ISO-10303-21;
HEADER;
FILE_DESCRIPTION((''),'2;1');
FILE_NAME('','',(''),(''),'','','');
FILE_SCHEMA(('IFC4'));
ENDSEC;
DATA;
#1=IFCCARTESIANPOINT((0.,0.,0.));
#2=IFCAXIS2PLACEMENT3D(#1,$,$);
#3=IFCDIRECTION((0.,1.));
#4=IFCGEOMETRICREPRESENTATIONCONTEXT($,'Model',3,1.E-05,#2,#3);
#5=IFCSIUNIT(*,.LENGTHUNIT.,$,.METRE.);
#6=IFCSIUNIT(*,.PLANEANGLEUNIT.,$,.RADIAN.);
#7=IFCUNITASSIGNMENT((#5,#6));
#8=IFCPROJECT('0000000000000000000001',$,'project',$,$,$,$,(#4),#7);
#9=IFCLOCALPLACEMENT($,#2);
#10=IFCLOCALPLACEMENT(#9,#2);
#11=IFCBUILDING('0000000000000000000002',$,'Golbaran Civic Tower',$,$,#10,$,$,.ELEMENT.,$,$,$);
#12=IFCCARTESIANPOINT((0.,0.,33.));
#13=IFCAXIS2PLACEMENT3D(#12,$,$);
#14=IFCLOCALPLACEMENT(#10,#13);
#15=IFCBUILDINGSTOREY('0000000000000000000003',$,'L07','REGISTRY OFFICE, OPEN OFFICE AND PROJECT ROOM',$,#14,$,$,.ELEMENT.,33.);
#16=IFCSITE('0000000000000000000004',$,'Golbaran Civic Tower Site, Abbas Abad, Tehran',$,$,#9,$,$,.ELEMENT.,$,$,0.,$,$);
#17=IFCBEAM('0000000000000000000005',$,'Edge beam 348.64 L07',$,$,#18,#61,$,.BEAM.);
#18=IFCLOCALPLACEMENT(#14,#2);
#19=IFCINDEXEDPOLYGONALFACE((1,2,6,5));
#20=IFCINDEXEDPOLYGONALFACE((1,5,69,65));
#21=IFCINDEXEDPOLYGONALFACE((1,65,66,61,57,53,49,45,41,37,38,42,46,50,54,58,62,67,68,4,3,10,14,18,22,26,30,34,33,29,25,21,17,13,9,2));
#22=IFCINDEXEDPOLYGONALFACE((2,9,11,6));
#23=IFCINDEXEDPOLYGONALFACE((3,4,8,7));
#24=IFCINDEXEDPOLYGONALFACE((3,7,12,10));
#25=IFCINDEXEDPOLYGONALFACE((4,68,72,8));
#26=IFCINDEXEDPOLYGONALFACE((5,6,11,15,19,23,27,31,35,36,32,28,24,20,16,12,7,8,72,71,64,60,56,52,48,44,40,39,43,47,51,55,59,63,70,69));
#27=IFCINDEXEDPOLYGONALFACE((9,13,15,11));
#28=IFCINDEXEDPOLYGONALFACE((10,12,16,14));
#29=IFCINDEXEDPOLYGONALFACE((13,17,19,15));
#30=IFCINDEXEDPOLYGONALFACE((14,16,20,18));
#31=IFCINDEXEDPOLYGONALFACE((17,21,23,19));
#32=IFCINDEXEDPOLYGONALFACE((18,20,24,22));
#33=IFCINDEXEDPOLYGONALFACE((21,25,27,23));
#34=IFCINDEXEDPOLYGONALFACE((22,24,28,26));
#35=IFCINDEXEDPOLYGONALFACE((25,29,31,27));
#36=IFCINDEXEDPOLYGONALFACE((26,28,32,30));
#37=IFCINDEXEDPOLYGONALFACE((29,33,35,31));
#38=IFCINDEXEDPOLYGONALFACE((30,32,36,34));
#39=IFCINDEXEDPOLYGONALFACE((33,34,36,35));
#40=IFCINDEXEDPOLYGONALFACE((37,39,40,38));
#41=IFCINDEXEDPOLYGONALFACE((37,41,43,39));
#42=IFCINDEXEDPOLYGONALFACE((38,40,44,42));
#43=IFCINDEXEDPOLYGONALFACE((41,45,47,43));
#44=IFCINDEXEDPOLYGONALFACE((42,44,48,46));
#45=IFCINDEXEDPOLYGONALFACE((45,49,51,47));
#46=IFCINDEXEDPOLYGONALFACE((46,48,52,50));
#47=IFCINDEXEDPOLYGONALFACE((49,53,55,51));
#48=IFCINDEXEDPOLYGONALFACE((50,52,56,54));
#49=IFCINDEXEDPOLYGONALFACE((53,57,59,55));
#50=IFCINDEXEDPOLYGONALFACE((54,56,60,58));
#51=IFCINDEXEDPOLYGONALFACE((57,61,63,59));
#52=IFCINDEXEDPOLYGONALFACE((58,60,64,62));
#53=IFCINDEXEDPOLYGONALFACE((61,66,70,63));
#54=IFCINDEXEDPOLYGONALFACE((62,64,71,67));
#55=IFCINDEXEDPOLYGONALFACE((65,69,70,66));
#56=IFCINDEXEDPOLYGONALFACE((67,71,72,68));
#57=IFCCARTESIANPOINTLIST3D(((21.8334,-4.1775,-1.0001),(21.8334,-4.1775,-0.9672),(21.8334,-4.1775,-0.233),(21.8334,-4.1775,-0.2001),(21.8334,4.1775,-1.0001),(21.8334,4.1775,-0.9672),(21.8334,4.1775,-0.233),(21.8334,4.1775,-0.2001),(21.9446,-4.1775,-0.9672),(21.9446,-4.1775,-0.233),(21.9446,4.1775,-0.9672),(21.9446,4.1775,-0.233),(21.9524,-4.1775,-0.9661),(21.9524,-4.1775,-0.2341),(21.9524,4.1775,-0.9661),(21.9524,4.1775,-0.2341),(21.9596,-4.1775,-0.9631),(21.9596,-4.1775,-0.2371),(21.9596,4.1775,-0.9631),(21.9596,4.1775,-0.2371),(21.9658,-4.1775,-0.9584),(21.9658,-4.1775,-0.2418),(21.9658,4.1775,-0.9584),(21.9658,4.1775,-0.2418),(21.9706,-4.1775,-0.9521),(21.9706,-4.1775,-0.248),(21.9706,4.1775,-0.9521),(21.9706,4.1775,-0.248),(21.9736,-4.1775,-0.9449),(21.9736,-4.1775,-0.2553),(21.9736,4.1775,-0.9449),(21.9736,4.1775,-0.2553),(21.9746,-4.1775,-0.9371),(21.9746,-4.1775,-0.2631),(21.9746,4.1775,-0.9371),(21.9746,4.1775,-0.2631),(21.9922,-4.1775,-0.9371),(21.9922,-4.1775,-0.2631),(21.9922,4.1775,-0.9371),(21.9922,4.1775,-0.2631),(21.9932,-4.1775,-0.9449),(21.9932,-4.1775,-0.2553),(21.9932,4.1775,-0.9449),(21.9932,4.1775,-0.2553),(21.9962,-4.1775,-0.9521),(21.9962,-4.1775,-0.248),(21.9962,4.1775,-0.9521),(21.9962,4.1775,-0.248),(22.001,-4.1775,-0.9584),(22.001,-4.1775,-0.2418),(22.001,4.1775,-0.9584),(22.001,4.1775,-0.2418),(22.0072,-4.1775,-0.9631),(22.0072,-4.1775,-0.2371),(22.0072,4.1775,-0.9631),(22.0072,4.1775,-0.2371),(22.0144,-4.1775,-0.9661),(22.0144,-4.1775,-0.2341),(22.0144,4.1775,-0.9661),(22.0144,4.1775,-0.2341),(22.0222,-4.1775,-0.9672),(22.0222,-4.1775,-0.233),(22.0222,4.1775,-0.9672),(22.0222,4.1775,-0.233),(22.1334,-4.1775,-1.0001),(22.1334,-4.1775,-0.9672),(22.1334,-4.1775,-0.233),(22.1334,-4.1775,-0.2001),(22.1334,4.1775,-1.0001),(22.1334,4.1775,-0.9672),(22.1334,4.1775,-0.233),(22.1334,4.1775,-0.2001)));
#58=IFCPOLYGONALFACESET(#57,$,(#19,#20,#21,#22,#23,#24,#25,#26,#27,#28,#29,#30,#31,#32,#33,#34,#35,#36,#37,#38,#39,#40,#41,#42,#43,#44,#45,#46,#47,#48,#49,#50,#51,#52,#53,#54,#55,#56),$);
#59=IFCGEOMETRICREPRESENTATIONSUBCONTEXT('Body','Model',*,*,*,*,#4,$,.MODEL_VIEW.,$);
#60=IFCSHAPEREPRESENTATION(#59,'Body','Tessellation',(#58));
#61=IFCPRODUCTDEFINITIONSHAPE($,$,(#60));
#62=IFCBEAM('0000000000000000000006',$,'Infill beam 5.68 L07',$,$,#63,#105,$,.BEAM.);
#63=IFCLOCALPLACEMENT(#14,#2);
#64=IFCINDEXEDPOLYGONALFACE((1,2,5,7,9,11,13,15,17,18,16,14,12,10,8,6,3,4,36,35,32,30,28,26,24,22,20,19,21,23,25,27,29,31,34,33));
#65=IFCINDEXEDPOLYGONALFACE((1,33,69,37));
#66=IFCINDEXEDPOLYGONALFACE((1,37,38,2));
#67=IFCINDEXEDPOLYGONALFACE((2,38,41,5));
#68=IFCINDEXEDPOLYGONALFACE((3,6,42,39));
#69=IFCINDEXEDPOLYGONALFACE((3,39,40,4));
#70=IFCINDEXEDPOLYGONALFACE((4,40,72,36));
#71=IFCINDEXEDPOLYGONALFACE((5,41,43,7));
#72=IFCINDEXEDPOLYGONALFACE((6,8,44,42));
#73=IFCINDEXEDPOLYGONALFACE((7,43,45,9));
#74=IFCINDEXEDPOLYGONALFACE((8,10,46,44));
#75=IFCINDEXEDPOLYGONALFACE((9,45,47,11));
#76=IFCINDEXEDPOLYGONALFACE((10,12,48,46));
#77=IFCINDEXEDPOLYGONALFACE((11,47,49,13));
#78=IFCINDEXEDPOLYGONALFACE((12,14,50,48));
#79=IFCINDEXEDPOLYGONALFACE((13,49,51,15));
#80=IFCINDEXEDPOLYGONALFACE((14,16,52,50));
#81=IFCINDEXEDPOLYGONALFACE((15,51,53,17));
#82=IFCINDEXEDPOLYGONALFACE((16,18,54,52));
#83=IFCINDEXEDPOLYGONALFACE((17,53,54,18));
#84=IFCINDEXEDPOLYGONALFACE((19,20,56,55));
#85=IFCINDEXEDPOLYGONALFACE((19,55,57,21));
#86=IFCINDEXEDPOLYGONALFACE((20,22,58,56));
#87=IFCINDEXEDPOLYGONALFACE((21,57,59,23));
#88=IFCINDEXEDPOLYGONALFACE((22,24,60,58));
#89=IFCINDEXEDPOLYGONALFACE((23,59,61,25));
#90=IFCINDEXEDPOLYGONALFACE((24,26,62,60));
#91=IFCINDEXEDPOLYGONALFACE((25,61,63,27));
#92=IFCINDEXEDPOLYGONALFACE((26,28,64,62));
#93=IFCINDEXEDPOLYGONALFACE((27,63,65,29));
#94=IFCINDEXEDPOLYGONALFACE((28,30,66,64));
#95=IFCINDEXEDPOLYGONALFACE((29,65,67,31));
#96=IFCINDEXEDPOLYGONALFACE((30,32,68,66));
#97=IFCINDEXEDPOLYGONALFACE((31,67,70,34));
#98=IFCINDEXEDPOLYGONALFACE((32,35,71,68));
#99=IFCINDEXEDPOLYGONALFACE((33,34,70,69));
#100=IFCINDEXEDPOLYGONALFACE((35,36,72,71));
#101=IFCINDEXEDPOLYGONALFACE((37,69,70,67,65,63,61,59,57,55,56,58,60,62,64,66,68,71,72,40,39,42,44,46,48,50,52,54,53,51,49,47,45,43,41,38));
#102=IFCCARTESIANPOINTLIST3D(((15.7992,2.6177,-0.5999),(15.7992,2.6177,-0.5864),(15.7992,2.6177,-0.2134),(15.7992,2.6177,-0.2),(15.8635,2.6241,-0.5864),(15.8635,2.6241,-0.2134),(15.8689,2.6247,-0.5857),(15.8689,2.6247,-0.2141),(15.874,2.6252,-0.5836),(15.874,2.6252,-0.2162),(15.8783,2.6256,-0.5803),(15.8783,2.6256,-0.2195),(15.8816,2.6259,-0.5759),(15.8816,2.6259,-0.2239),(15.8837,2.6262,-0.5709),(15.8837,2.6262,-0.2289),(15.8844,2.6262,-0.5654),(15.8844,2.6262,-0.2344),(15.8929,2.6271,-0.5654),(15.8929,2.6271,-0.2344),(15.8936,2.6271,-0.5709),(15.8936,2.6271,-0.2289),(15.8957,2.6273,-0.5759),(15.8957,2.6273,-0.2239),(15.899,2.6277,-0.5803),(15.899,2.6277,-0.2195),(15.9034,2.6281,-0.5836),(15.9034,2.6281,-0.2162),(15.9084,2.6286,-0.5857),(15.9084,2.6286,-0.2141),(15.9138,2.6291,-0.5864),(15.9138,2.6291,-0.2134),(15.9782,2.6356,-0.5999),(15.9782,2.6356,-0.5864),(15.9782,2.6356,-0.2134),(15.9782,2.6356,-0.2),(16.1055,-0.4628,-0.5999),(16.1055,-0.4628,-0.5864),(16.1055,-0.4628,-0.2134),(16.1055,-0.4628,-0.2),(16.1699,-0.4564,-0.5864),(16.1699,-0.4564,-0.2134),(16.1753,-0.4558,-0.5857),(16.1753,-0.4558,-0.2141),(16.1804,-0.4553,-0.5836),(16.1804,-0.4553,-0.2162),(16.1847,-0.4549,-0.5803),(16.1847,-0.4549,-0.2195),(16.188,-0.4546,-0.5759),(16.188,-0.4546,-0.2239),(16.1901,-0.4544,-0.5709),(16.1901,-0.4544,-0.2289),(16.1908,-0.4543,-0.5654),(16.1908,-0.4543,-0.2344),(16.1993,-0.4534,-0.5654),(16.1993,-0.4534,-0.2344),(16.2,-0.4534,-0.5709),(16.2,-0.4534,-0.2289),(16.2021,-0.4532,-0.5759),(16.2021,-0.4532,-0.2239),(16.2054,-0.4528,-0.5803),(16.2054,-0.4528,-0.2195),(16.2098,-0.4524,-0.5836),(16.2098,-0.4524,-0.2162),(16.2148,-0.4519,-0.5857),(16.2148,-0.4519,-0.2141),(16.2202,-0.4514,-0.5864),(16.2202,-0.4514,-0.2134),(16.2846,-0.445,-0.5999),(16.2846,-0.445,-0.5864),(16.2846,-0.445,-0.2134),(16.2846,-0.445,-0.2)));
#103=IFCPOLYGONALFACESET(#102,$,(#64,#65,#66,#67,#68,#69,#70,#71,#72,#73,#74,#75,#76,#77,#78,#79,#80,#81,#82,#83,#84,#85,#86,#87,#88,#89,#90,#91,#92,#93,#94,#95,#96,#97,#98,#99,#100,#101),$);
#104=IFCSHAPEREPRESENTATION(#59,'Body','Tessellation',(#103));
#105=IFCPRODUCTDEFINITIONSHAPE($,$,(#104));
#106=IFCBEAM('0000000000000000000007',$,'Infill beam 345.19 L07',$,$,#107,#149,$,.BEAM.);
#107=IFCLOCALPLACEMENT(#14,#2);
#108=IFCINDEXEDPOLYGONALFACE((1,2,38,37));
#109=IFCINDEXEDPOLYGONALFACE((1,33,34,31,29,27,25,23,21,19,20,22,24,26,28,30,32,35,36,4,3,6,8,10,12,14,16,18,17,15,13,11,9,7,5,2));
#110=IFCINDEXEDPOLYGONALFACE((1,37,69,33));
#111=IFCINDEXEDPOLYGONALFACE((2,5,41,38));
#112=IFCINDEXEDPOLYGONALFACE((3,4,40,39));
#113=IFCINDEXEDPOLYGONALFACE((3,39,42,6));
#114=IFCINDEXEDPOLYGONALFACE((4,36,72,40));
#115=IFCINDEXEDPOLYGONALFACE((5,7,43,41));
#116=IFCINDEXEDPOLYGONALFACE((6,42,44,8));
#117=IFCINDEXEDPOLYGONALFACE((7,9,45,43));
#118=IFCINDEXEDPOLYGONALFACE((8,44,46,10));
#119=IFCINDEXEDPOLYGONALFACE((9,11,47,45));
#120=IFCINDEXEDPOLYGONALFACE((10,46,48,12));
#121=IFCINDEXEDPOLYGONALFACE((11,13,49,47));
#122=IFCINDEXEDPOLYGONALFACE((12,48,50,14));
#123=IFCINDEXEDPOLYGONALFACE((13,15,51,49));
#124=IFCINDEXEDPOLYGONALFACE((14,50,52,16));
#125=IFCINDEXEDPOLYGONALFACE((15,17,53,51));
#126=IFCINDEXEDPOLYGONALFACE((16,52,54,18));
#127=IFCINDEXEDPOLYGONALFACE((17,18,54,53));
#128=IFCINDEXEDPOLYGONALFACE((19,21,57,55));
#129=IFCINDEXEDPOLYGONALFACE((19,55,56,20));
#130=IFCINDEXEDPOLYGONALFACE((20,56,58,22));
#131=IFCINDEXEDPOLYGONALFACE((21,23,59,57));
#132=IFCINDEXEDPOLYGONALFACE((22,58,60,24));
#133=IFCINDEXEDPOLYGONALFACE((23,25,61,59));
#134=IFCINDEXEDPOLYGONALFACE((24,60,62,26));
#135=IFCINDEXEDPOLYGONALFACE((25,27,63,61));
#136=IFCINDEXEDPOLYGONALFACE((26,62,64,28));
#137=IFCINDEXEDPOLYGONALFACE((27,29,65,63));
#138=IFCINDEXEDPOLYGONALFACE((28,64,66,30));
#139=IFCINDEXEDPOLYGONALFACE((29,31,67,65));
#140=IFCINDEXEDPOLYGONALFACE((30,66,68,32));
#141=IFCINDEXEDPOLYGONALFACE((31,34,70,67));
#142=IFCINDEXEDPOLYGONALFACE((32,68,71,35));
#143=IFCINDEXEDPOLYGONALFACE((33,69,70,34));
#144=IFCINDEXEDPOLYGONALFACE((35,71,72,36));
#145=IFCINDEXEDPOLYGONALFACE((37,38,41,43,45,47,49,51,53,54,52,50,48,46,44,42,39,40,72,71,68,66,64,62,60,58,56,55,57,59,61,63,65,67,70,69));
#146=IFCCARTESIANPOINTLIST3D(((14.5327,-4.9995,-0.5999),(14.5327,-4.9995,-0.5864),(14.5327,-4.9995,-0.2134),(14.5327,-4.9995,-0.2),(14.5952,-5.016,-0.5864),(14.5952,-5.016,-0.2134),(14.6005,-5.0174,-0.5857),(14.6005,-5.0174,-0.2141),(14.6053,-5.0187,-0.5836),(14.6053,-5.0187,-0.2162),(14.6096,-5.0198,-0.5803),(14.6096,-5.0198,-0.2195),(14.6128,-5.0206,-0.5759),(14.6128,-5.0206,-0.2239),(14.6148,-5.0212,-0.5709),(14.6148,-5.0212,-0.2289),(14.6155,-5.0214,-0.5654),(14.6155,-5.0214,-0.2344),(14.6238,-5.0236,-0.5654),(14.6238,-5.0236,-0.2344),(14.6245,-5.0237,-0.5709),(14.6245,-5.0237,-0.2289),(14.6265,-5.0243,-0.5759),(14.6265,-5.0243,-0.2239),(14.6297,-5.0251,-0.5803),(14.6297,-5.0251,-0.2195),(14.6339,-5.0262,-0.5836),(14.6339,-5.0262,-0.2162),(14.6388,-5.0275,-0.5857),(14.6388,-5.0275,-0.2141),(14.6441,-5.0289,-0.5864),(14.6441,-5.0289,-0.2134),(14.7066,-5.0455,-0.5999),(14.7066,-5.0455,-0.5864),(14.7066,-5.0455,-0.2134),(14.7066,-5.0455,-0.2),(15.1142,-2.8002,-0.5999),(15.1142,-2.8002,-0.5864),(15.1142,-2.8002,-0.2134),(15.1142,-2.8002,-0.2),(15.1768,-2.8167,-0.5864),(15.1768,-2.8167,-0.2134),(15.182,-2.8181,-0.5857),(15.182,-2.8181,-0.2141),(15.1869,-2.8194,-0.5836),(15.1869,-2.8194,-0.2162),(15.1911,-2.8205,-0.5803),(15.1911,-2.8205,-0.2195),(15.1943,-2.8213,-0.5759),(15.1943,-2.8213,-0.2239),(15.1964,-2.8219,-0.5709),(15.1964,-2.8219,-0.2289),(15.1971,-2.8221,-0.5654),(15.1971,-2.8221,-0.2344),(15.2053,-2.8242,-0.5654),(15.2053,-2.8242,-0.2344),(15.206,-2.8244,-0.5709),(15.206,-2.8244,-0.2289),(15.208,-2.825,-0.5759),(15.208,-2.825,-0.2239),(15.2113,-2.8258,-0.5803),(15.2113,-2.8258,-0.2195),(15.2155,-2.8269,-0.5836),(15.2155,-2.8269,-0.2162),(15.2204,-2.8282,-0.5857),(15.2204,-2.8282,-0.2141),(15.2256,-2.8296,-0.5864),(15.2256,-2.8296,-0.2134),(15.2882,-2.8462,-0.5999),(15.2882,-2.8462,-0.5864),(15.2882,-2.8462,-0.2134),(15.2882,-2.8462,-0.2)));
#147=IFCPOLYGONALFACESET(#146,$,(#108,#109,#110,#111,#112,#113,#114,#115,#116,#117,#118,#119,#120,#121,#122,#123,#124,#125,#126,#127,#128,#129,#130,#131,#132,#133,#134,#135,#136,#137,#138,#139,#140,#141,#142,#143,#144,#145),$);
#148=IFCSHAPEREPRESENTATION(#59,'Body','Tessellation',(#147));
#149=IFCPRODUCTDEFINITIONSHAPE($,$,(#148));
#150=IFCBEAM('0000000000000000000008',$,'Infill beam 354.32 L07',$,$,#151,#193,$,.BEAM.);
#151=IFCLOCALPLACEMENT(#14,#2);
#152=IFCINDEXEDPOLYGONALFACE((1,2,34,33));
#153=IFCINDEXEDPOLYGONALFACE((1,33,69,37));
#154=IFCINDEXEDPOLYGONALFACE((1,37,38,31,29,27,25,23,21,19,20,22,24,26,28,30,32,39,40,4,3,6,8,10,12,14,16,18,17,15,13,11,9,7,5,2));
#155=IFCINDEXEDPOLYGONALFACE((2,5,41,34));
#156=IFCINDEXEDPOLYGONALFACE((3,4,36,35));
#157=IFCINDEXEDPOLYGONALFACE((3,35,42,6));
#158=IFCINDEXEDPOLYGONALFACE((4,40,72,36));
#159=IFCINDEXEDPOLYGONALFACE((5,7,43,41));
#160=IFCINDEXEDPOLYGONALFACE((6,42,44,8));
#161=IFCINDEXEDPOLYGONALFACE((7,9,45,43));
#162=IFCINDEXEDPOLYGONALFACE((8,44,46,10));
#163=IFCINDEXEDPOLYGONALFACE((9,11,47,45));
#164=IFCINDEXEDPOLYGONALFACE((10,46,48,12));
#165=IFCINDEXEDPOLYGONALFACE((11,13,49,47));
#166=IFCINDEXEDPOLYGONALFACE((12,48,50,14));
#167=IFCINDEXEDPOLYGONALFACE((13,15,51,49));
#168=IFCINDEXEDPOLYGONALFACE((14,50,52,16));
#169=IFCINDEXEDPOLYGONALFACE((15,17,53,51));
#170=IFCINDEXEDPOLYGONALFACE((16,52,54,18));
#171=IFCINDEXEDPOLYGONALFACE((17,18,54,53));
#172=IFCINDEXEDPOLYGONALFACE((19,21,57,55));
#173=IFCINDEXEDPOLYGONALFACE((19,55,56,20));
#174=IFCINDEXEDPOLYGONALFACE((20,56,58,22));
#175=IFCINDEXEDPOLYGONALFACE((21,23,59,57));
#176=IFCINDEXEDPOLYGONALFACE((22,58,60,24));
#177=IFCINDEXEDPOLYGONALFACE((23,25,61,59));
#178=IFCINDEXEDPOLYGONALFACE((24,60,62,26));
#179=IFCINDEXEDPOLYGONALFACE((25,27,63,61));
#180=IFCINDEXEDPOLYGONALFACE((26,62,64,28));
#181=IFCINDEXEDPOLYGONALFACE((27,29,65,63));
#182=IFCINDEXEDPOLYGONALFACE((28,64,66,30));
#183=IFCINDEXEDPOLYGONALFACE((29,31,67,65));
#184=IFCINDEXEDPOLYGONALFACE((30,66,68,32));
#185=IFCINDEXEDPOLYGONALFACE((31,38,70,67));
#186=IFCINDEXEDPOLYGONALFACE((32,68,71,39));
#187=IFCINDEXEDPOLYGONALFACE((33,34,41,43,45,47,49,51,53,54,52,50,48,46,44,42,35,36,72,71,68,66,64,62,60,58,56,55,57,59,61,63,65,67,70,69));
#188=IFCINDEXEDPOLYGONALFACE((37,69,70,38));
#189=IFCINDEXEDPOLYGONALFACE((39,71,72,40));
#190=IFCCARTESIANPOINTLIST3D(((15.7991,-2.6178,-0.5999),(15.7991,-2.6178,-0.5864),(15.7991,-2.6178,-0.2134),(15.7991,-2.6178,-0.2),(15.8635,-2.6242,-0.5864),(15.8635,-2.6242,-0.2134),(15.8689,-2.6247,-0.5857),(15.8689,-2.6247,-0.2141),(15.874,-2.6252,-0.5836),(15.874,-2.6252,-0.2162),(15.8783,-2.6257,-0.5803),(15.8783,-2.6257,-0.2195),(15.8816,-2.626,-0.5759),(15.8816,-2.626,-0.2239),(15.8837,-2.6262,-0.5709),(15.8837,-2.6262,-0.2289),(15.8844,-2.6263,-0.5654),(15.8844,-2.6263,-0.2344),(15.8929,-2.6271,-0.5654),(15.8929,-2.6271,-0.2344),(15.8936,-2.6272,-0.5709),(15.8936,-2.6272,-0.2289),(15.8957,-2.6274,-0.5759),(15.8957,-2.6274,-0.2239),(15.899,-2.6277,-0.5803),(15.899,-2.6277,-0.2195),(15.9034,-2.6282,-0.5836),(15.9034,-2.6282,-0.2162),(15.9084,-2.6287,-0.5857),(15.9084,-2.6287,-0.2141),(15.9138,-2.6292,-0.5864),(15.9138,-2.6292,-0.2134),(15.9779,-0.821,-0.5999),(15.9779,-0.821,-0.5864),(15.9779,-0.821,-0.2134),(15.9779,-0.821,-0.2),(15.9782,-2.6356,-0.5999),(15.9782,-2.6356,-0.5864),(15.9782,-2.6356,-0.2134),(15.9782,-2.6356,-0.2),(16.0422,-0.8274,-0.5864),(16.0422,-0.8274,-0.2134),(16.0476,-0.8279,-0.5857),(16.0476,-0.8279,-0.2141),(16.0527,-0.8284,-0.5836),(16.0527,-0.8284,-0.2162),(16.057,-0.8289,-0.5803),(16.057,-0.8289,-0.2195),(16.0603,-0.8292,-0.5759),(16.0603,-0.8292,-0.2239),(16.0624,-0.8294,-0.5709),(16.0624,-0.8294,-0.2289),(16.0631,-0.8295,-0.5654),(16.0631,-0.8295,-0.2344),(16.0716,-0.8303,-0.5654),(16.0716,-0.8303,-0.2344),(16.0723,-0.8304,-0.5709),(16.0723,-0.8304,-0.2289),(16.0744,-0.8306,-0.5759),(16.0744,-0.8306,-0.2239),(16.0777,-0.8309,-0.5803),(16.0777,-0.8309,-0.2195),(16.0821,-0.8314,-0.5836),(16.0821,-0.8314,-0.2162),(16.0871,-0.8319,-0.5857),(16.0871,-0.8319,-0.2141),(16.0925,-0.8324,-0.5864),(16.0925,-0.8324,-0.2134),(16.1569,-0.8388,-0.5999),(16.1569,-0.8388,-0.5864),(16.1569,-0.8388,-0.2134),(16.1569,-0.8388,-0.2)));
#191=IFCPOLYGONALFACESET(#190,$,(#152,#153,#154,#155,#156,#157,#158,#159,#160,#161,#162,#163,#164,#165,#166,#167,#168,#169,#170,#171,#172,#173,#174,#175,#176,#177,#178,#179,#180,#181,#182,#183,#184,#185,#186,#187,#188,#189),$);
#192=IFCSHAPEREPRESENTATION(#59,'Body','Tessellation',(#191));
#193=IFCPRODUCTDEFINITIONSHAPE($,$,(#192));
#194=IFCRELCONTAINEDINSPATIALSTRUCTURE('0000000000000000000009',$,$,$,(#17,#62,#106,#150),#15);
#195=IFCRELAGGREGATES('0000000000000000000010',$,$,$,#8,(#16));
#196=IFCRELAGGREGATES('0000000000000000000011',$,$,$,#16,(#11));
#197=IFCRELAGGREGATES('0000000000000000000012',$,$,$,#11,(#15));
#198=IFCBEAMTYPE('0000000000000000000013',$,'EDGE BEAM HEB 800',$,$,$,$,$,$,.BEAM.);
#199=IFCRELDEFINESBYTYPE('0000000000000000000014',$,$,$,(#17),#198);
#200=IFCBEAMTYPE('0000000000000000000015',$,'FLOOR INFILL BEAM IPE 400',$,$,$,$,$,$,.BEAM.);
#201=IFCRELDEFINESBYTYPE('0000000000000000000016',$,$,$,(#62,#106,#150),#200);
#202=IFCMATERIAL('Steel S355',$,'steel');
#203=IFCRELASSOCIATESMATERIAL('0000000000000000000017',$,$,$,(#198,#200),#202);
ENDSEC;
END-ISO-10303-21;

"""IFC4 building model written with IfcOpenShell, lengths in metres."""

from ifc_helpers import new_model, si_unit, direction, frame, origin, origin_2d, place, context, subcontext, project, spatial, i_section, extrude, material, material_profile, profile_set, type_object, element, save


model = new_model("IFC4")

# Units and contexts
model_context = context("Model", 3, precision=1e-05, world=origin(), true_north=direction((0.0, 1.0)))
body_context = subcontext(model_context, "Body", "Model", "MODEL_VIEW")
ifc_project = project(units=[si_unit("LENGTHUNIT", "METRE"), si_unit("PLANEANGLEUNIT", "RADIAN")], contexts=[model_context])

# Site, building, storey
site_placement = place(None, origin())
site = spatial("IfcSite", under=ifc_project, at=site_placement, Name="Golbaran Civic Tower Site, Abbas Abad, Tehran", CompositionType="ELEMENT", RefElevation=0.0)
building_placement = place(site_placement, origin())
building = spatial("IfcBuilding", under=site, at=building_placement, Name="Golbaran Civic Tower", CompositionType="ELEMENT")
storey_placement = place(building_placement, frame((0.0, 0.0, 33.0)))
storey = spatial("IfcBuildingStorey", under=building, at=storey_placement, Name="L07", Description="REGISTRY OFFICE, OPEN OFFICE AND PROJECT ROOM", CompositionType="ELEMENT", Elevation=33.0)

# Beams
ifc_material_1 = material(Name="Steel S355", Category="steel")
ifc_material_profile_1 = material_profile(ifc_material_1, i_section(OverallWidth=0.3, OverallDepth=0.8, WebThickness=0.0176, FlangeThickness=0.033, FilletRadius=0.03, at=origin_2d()), Name="HEB 800")
ifc_profile_set_1 = profile_set([ifc_material_profile_1], Name="Steel S355")
beam_type_1 = type_object("IfcBeamType", Name="EDGE BEAM HEB 800", PredefinedType="BEAM", material=ifc_profile_set_1)
beam_1_placement = place(storey_placement, frame((21.9834, -4.1775, -0.6001), z_axis=(0.0, 1.0, 0.0), x_axis=(-1.0, 0.0, 0.0)))
element("IfcBeam", 1, at=beam_1_placement, inside=storey, type_object=beam_type_1, Name="Edge beam 348.64 L07", PredefinedType="BEAM", context=body_context, shape_type="SweptSolid", body=[
    extrude(i_section(OverallWidth=0.3, OverallDepth=0.8, WebThickness=0.0176, FlangeThickness=0.033, FilletRadius=0.03, at=origin_2d()), origin(), (0.0, 0.0, 1.0), 8.355),
])
ifc_material_profile_2 = material_profile(ifc_material_1, i_section(OverallWidth=0.1799, OverallDepth=0.3999, WebThickness=0.0085, FlangeThickness=0.0134, FilletRadius=0.021, at=origin_2d()), Name="IPE 400")
ifc_profile_set_2 = profile_set([ifc_material_profile_2], Name="Steel S355")
beam_type_2 = type_object("IfcBeamType", Name="FLOOR INFILL BEAM IPE 400", PredefinedType="BEAM", material=ifc_profile_set_2)
beam_2_placement = place(storey_placement, frame((16.1951, -0.4539, -0.3999), z_axis=(-0.098973, 0.99509, 0.0), x_axis=(-0.99509, -0.098973, 0.0)))
element("IfcBeam", 2, at=beam_2_placement, inside=storey, type_object=beam_type_2, Name="Infill beam 5.68 L07", PredefinedType="BEAM", context=body_context, shape_type="SweptSolid", body=[
    extrude(i_section(OverallWidth=0.1799, OverallDepth=0.3999, WebThickness=0.0085, FlangeThickness=0.0134, FilletRadius=0.021, at=origin_2d()), origin(), (0.0, 0.0, 1.0), 3.0957),
])
beam_3_placement = place(storey_placement, frame((14.6196, -5.0225, -0.3999), z_axis=(0.255645, 0.966771, 0.0), x_axis=(-0.966771, 0.255645, 0.0)))
element("IfcBeam", 3, at=beam_3_placement, inside=storey, type_object=beam_type_2, Name="Infill beam 345.19 L07", PredefinedType="BEAM", context=body_context, shape_type="SweptSolid", body=[
    extrude(i_section(OverallWidth=0.1799, OverallDepth=0.3999, WebThickness=0.0085, FlangeThickness=0.0134, FilletRadius=0.021, at=origin_2d()), origin(), (0.0, 0.0, 1.0), 2.2749),
])
beam_4_placement = place(storey_placement, frame((15.8887, -2.6267, -0.3999), z_axis=(0.098968, 0.995091, 0.0), x_axis=(-0.995091, 0.098968, 0.0)))
element("IfcBeam", 4, at=beam_4_placement, inside=storey, type_object=beam_type_2, Name="Infill beam 354.32 L07", PredefinedType="BEAM", context=body_context, shape_type="SweptSolid", body=[
    extrude(i_section(OverallWidth=0.1799, OverallDepth=0.3999, WebThickness=0.0085, FlangeThickness=0.0134, FilletRadius=0.021, at=origin_2d()), origin(), (0.0, 0.0, 1.0), 1.8057),
])

save(model, "model.ifc")
